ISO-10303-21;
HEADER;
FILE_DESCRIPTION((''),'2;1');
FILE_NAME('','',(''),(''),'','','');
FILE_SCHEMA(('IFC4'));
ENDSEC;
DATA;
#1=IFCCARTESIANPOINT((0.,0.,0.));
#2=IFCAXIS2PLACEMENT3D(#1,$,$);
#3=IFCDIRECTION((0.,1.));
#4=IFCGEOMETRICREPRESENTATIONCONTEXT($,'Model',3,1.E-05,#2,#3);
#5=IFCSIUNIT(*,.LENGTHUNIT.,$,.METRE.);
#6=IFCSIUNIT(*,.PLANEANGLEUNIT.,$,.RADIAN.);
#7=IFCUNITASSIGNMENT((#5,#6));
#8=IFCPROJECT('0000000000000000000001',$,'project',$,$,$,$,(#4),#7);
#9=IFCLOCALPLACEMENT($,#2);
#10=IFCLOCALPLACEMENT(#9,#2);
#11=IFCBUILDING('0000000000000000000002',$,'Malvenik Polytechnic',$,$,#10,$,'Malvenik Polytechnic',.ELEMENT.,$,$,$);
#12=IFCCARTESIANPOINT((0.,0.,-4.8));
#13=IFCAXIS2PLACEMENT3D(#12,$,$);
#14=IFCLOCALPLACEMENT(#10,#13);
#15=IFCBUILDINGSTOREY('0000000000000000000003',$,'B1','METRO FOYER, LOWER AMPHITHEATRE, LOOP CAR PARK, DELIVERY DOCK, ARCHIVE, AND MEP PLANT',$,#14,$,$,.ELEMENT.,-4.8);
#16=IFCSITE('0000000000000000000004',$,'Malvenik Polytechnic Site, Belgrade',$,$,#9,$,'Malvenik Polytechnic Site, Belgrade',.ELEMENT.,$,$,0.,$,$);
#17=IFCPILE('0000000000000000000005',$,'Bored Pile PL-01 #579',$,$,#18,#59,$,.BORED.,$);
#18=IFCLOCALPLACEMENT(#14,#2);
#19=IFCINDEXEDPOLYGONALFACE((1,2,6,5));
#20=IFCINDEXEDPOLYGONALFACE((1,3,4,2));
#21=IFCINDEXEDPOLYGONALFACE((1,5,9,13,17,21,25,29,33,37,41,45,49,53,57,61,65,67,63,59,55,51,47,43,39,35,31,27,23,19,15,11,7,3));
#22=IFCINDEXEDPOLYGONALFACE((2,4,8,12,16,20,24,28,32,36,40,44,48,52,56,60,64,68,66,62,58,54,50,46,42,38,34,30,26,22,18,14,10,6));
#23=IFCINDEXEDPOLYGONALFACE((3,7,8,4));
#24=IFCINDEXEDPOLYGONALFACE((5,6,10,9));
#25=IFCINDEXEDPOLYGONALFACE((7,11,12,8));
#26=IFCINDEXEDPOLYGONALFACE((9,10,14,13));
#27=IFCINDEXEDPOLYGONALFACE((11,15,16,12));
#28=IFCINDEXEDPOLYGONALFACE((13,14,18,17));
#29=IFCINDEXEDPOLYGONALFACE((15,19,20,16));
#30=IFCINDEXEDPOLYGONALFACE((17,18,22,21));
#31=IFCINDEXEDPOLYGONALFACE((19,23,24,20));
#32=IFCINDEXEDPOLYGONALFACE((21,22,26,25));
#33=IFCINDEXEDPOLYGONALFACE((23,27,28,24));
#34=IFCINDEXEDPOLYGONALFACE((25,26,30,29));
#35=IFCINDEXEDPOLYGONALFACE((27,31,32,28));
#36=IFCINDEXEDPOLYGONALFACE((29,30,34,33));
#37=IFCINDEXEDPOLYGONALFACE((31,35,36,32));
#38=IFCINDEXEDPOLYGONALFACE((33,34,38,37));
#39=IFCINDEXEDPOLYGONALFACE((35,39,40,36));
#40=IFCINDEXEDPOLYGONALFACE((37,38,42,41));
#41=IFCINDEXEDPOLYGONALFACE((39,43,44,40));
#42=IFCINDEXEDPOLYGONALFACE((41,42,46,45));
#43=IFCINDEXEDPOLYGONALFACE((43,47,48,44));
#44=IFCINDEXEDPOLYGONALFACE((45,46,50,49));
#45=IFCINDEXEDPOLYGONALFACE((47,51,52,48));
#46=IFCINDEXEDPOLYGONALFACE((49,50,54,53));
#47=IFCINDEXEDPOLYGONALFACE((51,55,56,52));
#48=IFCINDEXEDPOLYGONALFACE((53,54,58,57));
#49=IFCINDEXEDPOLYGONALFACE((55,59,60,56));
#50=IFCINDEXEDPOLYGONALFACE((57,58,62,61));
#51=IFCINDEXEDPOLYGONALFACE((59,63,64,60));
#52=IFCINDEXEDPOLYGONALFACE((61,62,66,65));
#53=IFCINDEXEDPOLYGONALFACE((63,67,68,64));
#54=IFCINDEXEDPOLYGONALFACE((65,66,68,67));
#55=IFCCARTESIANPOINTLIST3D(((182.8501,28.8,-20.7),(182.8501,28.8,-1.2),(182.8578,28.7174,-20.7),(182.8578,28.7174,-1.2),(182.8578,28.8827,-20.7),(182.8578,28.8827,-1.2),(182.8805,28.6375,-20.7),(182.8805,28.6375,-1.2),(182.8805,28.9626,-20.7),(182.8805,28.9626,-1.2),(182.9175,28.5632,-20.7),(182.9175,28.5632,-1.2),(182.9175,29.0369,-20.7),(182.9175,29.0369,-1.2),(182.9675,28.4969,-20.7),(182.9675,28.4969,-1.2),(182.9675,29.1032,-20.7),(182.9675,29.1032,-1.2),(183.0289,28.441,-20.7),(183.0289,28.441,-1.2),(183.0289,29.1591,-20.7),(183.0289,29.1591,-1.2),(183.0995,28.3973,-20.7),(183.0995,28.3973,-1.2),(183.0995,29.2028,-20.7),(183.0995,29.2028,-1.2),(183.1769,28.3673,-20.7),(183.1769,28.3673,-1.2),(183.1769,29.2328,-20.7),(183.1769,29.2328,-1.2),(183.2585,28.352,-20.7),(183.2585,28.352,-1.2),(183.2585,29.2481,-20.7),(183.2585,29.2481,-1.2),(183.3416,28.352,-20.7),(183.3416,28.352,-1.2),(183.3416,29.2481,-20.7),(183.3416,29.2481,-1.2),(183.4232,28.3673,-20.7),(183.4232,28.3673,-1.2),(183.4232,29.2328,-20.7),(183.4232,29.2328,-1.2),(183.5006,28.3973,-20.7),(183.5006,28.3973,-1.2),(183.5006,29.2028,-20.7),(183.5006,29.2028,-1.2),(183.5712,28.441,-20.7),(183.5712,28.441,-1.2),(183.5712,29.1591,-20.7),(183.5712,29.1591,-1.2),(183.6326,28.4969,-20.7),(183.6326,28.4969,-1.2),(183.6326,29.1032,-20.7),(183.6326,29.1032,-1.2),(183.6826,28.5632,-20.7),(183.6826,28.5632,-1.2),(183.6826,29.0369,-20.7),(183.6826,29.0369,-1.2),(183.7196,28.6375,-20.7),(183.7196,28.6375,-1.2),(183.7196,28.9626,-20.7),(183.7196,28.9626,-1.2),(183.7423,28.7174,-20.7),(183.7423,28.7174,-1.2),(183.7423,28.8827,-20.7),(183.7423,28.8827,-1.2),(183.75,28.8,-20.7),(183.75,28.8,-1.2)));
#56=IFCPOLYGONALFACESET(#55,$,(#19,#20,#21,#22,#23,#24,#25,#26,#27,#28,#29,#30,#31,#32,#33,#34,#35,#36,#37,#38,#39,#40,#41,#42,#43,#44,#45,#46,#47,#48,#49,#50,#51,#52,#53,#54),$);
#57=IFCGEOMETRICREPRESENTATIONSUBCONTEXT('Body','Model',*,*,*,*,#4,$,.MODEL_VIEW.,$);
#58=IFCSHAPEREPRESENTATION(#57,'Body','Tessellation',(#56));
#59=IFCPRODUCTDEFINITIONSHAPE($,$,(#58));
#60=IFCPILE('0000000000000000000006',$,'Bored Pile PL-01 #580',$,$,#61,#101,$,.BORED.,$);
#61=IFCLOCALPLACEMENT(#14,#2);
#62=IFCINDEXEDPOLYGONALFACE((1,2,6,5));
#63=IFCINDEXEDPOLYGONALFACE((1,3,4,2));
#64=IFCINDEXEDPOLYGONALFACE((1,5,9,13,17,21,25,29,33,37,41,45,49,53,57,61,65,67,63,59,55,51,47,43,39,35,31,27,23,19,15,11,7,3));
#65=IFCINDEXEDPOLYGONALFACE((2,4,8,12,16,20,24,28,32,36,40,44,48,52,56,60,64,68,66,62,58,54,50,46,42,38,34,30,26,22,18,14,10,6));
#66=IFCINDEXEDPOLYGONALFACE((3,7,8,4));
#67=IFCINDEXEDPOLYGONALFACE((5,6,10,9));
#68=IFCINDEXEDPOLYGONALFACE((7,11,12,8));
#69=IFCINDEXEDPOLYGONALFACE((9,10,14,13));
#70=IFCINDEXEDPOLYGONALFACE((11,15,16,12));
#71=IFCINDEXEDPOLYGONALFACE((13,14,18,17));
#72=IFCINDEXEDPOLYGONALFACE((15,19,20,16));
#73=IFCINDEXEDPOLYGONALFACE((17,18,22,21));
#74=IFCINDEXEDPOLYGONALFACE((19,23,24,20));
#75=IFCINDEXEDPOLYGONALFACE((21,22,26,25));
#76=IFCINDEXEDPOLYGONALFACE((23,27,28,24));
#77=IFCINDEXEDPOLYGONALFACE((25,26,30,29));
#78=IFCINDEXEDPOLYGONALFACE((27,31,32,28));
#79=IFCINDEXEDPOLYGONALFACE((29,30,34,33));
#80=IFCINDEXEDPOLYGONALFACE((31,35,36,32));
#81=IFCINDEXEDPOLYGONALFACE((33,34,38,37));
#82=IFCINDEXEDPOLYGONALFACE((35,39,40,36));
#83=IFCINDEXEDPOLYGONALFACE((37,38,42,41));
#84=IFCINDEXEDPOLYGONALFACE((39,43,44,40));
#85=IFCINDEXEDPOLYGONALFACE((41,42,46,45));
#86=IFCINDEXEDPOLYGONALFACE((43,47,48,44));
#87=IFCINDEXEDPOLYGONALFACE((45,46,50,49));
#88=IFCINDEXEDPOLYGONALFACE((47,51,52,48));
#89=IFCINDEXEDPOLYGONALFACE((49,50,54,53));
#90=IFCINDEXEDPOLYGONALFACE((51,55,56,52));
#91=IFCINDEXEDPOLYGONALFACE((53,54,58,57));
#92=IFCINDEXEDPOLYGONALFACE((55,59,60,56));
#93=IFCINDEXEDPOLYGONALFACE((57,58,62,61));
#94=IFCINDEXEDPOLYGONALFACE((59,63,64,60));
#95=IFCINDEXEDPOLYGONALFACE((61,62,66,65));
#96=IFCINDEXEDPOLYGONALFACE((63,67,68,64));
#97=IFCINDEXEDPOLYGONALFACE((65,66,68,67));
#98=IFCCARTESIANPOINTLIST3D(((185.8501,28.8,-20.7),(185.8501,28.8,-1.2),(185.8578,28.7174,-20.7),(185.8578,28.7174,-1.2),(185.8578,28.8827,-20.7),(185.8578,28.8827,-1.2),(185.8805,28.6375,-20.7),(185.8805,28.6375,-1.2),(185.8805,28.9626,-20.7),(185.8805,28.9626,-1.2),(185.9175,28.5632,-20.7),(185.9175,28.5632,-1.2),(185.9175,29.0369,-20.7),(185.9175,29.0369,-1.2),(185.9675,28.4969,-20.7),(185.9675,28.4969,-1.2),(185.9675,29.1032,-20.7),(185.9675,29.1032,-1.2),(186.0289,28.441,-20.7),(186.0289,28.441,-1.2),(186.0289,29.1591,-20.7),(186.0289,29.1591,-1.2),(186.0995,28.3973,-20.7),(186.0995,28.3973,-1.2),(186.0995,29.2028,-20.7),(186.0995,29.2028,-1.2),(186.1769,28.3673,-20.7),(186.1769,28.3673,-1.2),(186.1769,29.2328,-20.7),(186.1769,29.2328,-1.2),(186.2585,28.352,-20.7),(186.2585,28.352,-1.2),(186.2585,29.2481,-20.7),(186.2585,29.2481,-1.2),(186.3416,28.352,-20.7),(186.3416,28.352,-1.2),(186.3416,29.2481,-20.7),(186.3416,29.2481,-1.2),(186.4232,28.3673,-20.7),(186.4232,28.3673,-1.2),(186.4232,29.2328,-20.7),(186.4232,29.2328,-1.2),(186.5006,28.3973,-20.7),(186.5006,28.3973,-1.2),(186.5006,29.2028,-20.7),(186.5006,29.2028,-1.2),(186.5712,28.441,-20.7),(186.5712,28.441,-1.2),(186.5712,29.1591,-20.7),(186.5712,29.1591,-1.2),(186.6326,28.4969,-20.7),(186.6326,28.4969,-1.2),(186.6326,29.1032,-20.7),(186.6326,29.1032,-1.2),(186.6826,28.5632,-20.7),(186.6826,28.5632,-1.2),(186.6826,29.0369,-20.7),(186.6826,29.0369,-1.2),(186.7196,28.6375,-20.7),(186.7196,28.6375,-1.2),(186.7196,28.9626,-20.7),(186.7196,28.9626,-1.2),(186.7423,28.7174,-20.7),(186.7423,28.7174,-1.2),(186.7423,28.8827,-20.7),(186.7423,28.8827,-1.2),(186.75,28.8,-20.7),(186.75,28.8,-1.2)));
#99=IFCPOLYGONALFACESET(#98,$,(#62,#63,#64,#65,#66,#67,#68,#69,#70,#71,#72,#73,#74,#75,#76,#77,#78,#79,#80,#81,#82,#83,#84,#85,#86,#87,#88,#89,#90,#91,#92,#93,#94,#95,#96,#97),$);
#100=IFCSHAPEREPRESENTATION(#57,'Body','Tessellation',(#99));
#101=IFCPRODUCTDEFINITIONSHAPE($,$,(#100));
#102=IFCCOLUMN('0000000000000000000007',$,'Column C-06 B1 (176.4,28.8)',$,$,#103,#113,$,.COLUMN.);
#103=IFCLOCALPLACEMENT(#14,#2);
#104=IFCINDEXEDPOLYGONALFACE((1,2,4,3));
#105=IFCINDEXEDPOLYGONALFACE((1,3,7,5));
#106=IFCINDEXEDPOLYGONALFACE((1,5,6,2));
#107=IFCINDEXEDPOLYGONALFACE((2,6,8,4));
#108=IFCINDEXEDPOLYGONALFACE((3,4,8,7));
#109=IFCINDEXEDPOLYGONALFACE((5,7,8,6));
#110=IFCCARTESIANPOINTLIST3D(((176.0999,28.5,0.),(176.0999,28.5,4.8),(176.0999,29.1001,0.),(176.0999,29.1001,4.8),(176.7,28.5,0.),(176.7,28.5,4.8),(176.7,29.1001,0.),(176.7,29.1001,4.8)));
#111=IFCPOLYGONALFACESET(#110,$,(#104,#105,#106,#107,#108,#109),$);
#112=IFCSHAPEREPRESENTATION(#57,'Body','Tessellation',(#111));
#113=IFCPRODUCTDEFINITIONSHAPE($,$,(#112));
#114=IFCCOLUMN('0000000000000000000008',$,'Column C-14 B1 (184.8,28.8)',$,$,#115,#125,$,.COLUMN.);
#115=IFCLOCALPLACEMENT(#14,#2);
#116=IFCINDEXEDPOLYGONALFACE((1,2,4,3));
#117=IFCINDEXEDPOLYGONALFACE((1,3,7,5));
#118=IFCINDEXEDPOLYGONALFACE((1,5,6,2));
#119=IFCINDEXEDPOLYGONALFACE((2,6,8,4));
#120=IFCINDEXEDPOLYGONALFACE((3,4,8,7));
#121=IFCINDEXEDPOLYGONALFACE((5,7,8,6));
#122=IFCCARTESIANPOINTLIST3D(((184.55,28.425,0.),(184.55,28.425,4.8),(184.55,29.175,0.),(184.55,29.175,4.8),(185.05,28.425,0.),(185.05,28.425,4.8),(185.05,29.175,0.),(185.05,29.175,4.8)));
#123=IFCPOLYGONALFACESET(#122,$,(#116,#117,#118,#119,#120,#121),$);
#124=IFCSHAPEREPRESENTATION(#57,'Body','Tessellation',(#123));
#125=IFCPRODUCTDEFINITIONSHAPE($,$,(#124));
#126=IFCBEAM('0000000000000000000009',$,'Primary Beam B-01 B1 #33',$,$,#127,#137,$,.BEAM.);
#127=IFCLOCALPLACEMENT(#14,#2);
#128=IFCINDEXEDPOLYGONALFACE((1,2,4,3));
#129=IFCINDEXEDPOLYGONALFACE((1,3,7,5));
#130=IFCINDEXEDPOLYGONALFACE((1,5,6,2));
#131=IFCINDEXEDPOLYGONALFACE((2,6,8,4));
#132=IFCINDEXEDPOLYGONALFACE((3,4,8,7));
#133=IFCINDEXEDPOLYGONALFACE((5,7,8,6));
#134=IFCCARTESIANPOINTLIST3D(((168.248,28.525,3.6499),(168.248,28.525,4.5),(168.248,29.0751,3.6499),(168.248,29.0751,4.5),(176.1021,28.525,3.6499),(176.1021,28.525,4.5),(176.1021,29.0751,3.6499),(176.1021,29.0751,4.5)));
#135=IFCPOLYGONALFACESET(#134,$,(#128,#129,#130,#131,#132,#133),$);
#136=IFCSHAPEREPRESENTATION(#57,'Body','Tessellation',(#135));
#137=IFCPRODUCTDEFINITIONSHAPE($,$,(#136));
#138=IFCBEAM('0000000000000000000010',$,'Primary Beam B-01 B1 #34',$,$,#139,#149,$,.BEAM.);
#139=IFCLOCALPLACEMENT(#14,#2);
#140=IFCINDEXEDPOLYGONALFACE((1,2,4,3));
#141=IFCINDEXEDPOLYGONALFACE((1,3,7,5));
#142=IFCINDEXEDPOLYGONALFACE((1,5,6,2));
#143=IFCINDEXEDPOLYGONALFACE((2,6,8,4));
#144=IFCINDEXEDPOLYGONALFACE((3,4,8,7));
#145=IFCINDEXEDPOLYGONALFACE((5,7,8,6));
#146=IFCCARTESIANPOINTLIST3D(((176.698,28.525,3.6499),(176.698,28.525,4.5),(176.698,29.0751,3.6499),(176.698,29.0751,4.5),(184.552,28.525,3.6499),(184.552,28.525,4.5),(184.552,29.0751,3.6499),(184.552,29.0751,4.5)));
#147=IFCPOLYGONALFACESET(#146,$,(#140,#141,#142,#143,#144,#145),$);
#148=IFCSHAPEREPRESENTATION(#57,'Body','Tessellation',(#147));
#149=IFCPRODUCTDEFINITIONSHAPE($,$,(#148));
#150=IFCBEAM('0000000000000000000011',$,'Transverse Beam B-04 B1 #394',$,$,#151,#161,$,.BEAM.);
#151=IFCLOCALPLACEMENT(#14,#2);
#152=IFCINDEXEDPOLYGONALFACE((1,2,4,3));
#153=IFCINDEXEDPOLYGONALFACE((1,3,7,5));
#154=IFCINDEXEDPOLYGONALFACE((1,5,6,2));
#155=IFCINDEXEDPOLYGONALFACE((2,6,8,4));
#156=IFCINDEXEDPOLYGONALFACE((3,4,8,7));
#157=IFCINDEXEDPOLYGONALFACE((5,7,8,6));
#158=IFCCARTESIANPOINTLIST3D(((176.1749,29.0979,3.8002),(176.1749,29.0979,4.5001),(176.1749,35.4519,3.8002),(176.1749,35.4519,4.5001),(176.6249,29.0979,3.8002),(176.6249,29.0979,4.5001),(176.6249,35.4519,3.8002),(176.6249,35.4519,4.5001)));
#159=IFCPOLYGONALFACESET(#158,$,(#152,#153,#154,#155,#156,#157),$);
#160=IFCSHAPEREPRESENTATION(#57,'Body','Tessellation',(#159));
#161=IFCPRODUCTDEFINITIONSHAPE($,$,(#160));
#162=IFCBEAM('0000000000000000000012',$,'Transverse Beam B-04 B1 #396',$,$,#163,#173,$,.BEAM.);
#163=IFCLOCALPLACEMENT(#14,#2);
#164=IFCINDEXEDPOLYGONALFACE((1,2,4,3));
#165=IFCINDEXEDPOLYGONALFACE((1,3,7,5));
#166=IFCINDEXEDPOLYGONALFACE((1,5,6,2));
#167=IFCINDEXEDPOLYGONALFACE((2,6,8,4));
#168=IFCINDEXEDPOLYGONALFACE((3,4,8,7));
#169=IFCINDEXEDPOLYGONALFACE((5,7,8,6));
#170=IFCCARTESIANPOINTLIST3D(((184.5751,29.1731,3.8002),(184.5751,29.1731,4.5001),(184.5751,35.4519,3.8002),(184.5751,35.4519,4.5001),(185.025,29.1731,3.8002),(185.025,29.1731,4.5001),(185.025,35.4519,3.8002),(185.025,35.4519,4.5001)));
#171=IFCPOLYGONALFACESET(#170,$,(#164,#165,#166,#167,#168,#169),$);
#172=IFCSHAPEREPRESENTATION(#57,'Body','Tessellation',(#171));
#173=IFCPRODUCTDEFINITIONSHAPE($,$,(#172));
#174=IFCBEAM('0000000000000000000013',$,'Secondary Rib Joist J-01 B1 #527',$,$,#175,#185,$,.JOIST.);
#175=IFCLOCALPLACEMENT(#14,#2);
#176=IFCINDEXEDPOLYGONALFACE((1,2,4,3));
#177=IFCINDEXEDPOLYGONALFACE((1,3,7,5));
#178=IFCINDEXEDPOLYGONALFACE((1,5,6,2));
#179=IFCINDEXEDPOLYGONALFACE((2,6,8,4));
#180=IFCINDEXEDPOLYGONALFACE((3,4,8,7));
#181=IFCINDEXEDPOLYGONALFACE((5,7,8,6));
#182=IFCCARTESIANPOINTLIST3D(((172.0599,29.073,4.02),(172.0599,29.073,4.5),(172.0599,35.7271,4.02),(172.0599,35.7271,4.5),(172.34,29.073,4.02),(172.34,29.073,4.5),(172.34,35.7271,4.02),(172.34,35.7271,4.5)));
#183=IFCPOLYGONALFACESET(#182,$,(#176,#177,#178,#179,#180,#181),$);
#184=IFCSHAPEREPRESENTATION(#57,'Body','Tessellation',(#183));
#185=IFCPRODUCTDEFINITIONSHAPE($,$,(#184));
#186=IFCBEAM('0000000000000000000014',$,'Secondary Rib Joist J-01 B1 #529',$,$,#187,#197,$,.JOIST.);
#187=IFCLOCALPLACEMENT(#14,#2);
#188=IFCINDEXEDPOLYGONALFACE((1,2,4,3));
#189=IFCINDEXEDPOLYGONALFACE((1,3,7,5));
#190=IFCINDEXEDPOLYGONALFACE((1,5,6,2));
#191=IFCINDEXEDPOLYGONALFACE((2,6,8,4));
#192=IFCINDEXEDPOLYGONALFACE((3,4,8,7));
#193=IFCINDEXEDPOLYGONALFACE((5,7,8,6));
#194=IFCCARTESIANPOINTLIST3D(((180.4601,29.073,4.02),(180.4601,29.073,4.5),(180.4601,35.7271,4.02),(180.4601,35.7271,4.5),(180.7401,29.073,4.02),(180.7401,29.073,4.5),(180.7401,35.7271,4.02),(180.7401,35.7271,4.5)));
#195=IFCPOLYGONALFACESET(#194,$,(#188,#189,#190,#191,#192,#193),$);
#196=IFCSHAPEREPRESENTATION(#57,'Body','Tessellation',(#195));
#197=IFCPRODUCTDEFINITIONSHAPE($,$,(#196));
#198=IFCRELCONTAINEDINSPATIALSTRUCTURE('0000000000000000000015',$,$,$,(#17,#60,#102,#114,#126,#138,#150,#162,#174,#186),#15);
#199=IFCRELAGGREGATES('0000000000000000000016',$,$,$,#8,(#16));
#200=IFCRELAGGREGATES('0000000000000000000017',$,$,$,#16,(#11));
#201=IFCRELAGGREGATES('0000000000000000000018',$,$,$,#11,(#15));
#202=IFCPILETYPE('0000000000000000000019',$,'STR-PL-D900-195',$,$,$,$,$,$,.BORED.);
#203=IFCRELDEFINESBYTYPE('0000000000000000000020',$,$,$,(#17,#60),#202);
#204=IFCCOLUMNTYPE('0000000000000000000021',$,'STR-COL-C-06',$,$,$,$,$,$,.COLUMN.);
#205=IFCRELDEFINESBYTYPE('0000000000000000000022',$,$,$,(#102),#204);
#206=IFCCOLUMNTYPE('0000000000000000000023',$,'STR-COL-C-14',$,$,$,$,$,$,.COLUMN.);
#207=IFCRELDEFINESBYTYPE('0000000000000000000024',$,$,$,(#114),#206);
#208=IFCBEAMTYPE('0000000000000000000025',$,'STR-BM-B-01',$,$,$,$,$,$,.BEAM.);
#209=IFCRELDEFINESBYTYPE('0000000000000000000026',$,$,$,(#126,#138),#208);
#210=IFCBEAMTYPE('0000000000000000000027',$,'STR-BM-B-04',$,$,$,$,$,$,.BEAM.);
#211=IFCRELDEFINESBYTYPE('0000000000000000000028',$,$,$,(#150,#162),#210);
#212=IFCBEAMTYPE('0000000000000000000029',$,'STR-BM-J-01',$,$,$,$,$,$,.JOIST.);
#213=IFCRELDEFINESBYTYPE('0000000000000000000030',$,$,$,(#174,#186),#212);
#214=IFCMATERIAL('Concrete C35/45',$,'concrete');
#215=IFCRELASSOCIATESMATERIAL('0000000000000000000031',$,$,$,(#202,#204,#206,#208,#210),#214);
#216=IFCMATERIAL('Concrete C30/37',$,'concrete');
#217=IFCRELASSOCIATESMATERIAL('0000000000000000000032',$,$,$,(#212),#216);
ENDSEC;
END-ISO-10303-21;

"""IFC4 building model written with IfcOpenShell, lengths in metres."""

from ifc_helpers import new_model, si_unit, direction, frame, origin, origin_2d, place, context, subcontext, project, spatial, rectangle, circle, extrude, material, material_profile, profile_set, type_object, element, save


model = new_model("IFC4")

# Units and contexts
model_context = context("Model", 3, precision=1e-05, world=origin(), true_north=direction((0.0, 1.0)))
body_context = subcontext(model_context, "Body", "Model", "MODEL_VIEW")
ifc_project = project(units=[si_unit("LENGTHUNIT", "METRE"), si_unit("PLANEANGLEUNIT", "RADIAN")], contexts=[model_context])

# Site, building, storey
site_placement = place(None, origin())
site = spatial("IfcSite", under=ifc_project, at=site_placement, Name="Malvenik Polytechnic Site, Belgrade", LongName="Malvenik Polytechnic Site, Belgrade", CompositionType="ELEMENT", RefElevation=0.0)
building_placement = place(site_placement, origin())
building = spatial("IfcBuilding", under=site, at=building_placement, Name="Malvenik Polytechnic", LongName="Malvenik Polytechnic", CompositionType="ELEMENT")
storey_placement = place(building_placement, frame((0.0, 0.0, -4.8)))
storey = spatial("IfcBuildingStorey", under=building, at=storey_placement, Name="B1", Description="METRO FOYER, LOWER AMPHITHEATRE, LOOP CAR PARK, DELIVERY DOCK, ARCHIVE, AND MEP PLANT", CompositionType="ELEMENT", Elevation=-4.8)

# Shared definitions
ifc_material_1 = material(Name="Concrete C35/45", Category="concrete")

# Piles
ifc_material_profile_1 = material_profile(ifc_material_1, circle(Radius=0.45, at=origin_2d()), Name="BORED PILE D900")
ifc_profile_set_1 = profile_set([ifc_material_profile_1], Name="Concrete C35/45")
pile_type_1 = type_object("IfcPileType", Name="STR-PL-D900-195", PredefinedType="BORED", material=ifc_profile_set_1)
for number, where, z_axis, x_axis, name in (
    (1, (183.3, 28.8, -1.2), (0.0, 0.0, -1.0), (1.0, 0.0, 0.0), "Bored Pile PL-01 #579"),
    (2, (186.3, 28.8, -1.2), (0.0, 0.0, -1.0), (1.0, 0.0, 0.0), "Bored Pile PL-01 #580"),
):
    element("IfcPile", number, at=place(storey_placement, frame(where, z_axis=z_axis, x_axis=x_axis)), inside=storey, type_object=pile_type_1, Name=name, PredefinedType="BORED", context=body_context, shape_type="SweptSolid", body=[
        extrude(circle(Radius=0.45, at=origin_2d()), origin(), (0.0, 0.0, 1.0), 19.5),
    ])

# Columns
ifc_material_profile_2 = material_profile(ifc_material_1, rectangle(XDim=0.6001, YDim=0.6001, at=origin_2d()), Name="RC COL 600x600")
ifc_profile_set_2 = profile_set([ifc_material_profile_2], Name="Concrete C35/45")
column_type_1 = type_object("IfcColumnType", Name="STR-COL-C-06", PredefinedType="COLUMN", material=ifc_profile_set_2)
column_1_placement = place(storey_placement, frame((176.3999, 28.8, 0.0), z_axis=(0.0, 0.0, 1.0), x_axis=(1.0, 0.0, 0.0)))
element("IfcColumn", 3, at=column_1_placement, inside=storey, type_object=column_type_1, Name="Column C-06 B1 (176.4,28.8)", PredefinedType="COLUMN", context=body_context, shape_type="SweptSolid", body=[
    extrude(rectangle(XDim=0.6001, YDim=0.6001, at=origin_2d()), origin(), (0.0, 0.0, 1.0), 4.8),
])
ifc_material_profile_3 = material_profile(ifc_material_1, rectangle(XDim=0.5, YDim=0.75, at=origin_2d()), Name="RC COL 750x500")
ifc_profile_set_3 = profile_set([ifc_material_profile_3], Name="Concrete C35/45")
column_type_2 = type_object("IfcColumnType", Name="STR-COL-C-14", PredefinedType="COLUMN", material=ifc_profile_set_3)
column_2_placement = place(storey_placement, frame((184.8, 28.8, 0.0), z_axis=(0.0, 0.0, 1.0), x_axis=(1.0, 0.0, 0.0)))
element("IfcColumn", 4, at=column_2_placement, inside=storey, type_object=column_type_2, Name="Column C-14 B1 (184.8,28.8)", PredefinedType="COLUMN", context=body_context, shape_type="SweptSolid", body=[
    extrude(rectangle(XDim=0.5, YDim=0.75, at=origin_2d()), origin(), (0.0, 0.0, 1.0), 4.8),
])

# Beams
ifc_material_profile_4 = material_profile(ifc_material_1, rectangle(XDim=0.55, YDim=0.8501, at=origin_2d()), Name="RC BM 550x850")
ifc_profile_set_4 = profile_set([ifc_material_profile_4], Name="Concrete C35/45")
beam_type_1 = type_object("IfcBeamType", Name="STR-BM-B-01", PredefinedType="BEAM", material=ifc_profile_set_4)
for number, where, z_axis, x_axis, name in (
    (5, (168.248, 28.8, 4.075), (1.0, 0.0, 0.0), (0.0, 1.0, 0.0), "Primary Beam B-01 B1 #33"),
    (6, (176.698, 28.8, 4.075), (1.0, 0.0, 0.0), (0.0, 1.0, 0.0), "Primary Beam B-01 B1 #34"),
):
    element("IfcBeam", number, at=place(storey_placement, frame(where, z_axis=z_axis, x_axis=x_axis)), inside=storey, type_object=beam_type_1, Name=name, PredefinedType="BEAM", context=body_context, shape_type="SweptSolid", body=[
        extrude(rectangle(XDim=0.55, YDim=0.8501, at=origin_2d()), origin(), (0.0, 0.0, 1.0), 7.854),
    ])
ifc_material_profile_5 = material_profile(ifc_material_1, rectangle(XDim=0.45, YDim=0.7, at=origin_2d()), Name="RC BM 450x700")
ifc_profile_set_5 = profile_set([ifc_material_profile_5], Name="Concrete C35/45")
beam_type_2 = type_object("IfcBeamType", Name="STR-BM-B-04", PredefinedType="BEAM", material=ifc_profile_set_5)
beam_1_placement = place(storey_placement, frame((176.3999, 29.0979, 4.1501), z_axis=(0.0, 1.0, 0.0), x_axis=(-1.0, 0.0, 0.0)))
element("IfcBeam", 7, at=beam_1_placement, inside=storey, type_object=beam_type_2, Name="Transverse Beam B-04 B1 #394", PredefinedType="BEAM", context=body_context, shape_type="SweptSolid", body=[
    extrude(rectangle(XDim=0.45, YDim=0.7, at=origin_2d()), origin(), (0.0, 0.0, 1.0), 6.354),
])
beam_2_placement = place(storey_placement, frame((184.8, 29.1731, 4.1501), z_axis=(0.0, 1.0, 0.0), x_axis=(-1.0, 0.0, 0.0)))
element("IfcBeam", 8, at=beam_2_placement, inside=storey, type_object=beam_type_2, Name="Transverse Beam B-04 B1 #396", PredefinedType="BEAM", context=body_context, shape_type="SweptSolid", body=[
    extrude(rectangle(XDim=0.45, YDim=0.7, at=origin_2d()), origin(), (0.0, 0.0, 1.0), 6.2788),
])
ifc_material_2 = material(Name="Concrete C30/37", Category="concrete")
ifc_material_profile_6 = material_profile(ifc_material_2, rectangle(XDim=0.28, YDim=0.48, at=origin_2d()), Name="RC JST 280x480")
ifc_profile_set_6 = profile_set([ifc_material_profile_6], Name="Concrete C30/37")
beam_type_3 = type_object("IfcBeamType", Name="STR-BM-J-01", PredefinedType="JOIST", material=ifc_profile_set_6)
for number, where, z_axis, x_axis, name in (
    (9, (172.2, 29.073, 4.26), (0.0, 1.0, 0.0), (-1.0, 0.0, 0.0), "Secondary Rib Joist J-01 B1 #527"),
    (10, (180.6001, 29.073, 4.26), (0.0, 1.0, 0.0), (-1.0, 0.0, 0.0), "Secondary Rib Joist J-01 B1 #529"),
):
    element("IfcBeam", number, at=place(storey_placement, frame(where, z_axis=z_axis, x_axis=x_axis)), inside=storey, type_object=beam_type_3, Name=name, PredefinedType="JOIST", context=body_context, shape_type="SweptSolid", body=[
        extrude(rectangle(XDim=0.28, YDim=0.48, at=origin_2d()), origin(), (0.0, 0.0, 1.0), 6.6541),
    ])

save(model, "model.ifc")
